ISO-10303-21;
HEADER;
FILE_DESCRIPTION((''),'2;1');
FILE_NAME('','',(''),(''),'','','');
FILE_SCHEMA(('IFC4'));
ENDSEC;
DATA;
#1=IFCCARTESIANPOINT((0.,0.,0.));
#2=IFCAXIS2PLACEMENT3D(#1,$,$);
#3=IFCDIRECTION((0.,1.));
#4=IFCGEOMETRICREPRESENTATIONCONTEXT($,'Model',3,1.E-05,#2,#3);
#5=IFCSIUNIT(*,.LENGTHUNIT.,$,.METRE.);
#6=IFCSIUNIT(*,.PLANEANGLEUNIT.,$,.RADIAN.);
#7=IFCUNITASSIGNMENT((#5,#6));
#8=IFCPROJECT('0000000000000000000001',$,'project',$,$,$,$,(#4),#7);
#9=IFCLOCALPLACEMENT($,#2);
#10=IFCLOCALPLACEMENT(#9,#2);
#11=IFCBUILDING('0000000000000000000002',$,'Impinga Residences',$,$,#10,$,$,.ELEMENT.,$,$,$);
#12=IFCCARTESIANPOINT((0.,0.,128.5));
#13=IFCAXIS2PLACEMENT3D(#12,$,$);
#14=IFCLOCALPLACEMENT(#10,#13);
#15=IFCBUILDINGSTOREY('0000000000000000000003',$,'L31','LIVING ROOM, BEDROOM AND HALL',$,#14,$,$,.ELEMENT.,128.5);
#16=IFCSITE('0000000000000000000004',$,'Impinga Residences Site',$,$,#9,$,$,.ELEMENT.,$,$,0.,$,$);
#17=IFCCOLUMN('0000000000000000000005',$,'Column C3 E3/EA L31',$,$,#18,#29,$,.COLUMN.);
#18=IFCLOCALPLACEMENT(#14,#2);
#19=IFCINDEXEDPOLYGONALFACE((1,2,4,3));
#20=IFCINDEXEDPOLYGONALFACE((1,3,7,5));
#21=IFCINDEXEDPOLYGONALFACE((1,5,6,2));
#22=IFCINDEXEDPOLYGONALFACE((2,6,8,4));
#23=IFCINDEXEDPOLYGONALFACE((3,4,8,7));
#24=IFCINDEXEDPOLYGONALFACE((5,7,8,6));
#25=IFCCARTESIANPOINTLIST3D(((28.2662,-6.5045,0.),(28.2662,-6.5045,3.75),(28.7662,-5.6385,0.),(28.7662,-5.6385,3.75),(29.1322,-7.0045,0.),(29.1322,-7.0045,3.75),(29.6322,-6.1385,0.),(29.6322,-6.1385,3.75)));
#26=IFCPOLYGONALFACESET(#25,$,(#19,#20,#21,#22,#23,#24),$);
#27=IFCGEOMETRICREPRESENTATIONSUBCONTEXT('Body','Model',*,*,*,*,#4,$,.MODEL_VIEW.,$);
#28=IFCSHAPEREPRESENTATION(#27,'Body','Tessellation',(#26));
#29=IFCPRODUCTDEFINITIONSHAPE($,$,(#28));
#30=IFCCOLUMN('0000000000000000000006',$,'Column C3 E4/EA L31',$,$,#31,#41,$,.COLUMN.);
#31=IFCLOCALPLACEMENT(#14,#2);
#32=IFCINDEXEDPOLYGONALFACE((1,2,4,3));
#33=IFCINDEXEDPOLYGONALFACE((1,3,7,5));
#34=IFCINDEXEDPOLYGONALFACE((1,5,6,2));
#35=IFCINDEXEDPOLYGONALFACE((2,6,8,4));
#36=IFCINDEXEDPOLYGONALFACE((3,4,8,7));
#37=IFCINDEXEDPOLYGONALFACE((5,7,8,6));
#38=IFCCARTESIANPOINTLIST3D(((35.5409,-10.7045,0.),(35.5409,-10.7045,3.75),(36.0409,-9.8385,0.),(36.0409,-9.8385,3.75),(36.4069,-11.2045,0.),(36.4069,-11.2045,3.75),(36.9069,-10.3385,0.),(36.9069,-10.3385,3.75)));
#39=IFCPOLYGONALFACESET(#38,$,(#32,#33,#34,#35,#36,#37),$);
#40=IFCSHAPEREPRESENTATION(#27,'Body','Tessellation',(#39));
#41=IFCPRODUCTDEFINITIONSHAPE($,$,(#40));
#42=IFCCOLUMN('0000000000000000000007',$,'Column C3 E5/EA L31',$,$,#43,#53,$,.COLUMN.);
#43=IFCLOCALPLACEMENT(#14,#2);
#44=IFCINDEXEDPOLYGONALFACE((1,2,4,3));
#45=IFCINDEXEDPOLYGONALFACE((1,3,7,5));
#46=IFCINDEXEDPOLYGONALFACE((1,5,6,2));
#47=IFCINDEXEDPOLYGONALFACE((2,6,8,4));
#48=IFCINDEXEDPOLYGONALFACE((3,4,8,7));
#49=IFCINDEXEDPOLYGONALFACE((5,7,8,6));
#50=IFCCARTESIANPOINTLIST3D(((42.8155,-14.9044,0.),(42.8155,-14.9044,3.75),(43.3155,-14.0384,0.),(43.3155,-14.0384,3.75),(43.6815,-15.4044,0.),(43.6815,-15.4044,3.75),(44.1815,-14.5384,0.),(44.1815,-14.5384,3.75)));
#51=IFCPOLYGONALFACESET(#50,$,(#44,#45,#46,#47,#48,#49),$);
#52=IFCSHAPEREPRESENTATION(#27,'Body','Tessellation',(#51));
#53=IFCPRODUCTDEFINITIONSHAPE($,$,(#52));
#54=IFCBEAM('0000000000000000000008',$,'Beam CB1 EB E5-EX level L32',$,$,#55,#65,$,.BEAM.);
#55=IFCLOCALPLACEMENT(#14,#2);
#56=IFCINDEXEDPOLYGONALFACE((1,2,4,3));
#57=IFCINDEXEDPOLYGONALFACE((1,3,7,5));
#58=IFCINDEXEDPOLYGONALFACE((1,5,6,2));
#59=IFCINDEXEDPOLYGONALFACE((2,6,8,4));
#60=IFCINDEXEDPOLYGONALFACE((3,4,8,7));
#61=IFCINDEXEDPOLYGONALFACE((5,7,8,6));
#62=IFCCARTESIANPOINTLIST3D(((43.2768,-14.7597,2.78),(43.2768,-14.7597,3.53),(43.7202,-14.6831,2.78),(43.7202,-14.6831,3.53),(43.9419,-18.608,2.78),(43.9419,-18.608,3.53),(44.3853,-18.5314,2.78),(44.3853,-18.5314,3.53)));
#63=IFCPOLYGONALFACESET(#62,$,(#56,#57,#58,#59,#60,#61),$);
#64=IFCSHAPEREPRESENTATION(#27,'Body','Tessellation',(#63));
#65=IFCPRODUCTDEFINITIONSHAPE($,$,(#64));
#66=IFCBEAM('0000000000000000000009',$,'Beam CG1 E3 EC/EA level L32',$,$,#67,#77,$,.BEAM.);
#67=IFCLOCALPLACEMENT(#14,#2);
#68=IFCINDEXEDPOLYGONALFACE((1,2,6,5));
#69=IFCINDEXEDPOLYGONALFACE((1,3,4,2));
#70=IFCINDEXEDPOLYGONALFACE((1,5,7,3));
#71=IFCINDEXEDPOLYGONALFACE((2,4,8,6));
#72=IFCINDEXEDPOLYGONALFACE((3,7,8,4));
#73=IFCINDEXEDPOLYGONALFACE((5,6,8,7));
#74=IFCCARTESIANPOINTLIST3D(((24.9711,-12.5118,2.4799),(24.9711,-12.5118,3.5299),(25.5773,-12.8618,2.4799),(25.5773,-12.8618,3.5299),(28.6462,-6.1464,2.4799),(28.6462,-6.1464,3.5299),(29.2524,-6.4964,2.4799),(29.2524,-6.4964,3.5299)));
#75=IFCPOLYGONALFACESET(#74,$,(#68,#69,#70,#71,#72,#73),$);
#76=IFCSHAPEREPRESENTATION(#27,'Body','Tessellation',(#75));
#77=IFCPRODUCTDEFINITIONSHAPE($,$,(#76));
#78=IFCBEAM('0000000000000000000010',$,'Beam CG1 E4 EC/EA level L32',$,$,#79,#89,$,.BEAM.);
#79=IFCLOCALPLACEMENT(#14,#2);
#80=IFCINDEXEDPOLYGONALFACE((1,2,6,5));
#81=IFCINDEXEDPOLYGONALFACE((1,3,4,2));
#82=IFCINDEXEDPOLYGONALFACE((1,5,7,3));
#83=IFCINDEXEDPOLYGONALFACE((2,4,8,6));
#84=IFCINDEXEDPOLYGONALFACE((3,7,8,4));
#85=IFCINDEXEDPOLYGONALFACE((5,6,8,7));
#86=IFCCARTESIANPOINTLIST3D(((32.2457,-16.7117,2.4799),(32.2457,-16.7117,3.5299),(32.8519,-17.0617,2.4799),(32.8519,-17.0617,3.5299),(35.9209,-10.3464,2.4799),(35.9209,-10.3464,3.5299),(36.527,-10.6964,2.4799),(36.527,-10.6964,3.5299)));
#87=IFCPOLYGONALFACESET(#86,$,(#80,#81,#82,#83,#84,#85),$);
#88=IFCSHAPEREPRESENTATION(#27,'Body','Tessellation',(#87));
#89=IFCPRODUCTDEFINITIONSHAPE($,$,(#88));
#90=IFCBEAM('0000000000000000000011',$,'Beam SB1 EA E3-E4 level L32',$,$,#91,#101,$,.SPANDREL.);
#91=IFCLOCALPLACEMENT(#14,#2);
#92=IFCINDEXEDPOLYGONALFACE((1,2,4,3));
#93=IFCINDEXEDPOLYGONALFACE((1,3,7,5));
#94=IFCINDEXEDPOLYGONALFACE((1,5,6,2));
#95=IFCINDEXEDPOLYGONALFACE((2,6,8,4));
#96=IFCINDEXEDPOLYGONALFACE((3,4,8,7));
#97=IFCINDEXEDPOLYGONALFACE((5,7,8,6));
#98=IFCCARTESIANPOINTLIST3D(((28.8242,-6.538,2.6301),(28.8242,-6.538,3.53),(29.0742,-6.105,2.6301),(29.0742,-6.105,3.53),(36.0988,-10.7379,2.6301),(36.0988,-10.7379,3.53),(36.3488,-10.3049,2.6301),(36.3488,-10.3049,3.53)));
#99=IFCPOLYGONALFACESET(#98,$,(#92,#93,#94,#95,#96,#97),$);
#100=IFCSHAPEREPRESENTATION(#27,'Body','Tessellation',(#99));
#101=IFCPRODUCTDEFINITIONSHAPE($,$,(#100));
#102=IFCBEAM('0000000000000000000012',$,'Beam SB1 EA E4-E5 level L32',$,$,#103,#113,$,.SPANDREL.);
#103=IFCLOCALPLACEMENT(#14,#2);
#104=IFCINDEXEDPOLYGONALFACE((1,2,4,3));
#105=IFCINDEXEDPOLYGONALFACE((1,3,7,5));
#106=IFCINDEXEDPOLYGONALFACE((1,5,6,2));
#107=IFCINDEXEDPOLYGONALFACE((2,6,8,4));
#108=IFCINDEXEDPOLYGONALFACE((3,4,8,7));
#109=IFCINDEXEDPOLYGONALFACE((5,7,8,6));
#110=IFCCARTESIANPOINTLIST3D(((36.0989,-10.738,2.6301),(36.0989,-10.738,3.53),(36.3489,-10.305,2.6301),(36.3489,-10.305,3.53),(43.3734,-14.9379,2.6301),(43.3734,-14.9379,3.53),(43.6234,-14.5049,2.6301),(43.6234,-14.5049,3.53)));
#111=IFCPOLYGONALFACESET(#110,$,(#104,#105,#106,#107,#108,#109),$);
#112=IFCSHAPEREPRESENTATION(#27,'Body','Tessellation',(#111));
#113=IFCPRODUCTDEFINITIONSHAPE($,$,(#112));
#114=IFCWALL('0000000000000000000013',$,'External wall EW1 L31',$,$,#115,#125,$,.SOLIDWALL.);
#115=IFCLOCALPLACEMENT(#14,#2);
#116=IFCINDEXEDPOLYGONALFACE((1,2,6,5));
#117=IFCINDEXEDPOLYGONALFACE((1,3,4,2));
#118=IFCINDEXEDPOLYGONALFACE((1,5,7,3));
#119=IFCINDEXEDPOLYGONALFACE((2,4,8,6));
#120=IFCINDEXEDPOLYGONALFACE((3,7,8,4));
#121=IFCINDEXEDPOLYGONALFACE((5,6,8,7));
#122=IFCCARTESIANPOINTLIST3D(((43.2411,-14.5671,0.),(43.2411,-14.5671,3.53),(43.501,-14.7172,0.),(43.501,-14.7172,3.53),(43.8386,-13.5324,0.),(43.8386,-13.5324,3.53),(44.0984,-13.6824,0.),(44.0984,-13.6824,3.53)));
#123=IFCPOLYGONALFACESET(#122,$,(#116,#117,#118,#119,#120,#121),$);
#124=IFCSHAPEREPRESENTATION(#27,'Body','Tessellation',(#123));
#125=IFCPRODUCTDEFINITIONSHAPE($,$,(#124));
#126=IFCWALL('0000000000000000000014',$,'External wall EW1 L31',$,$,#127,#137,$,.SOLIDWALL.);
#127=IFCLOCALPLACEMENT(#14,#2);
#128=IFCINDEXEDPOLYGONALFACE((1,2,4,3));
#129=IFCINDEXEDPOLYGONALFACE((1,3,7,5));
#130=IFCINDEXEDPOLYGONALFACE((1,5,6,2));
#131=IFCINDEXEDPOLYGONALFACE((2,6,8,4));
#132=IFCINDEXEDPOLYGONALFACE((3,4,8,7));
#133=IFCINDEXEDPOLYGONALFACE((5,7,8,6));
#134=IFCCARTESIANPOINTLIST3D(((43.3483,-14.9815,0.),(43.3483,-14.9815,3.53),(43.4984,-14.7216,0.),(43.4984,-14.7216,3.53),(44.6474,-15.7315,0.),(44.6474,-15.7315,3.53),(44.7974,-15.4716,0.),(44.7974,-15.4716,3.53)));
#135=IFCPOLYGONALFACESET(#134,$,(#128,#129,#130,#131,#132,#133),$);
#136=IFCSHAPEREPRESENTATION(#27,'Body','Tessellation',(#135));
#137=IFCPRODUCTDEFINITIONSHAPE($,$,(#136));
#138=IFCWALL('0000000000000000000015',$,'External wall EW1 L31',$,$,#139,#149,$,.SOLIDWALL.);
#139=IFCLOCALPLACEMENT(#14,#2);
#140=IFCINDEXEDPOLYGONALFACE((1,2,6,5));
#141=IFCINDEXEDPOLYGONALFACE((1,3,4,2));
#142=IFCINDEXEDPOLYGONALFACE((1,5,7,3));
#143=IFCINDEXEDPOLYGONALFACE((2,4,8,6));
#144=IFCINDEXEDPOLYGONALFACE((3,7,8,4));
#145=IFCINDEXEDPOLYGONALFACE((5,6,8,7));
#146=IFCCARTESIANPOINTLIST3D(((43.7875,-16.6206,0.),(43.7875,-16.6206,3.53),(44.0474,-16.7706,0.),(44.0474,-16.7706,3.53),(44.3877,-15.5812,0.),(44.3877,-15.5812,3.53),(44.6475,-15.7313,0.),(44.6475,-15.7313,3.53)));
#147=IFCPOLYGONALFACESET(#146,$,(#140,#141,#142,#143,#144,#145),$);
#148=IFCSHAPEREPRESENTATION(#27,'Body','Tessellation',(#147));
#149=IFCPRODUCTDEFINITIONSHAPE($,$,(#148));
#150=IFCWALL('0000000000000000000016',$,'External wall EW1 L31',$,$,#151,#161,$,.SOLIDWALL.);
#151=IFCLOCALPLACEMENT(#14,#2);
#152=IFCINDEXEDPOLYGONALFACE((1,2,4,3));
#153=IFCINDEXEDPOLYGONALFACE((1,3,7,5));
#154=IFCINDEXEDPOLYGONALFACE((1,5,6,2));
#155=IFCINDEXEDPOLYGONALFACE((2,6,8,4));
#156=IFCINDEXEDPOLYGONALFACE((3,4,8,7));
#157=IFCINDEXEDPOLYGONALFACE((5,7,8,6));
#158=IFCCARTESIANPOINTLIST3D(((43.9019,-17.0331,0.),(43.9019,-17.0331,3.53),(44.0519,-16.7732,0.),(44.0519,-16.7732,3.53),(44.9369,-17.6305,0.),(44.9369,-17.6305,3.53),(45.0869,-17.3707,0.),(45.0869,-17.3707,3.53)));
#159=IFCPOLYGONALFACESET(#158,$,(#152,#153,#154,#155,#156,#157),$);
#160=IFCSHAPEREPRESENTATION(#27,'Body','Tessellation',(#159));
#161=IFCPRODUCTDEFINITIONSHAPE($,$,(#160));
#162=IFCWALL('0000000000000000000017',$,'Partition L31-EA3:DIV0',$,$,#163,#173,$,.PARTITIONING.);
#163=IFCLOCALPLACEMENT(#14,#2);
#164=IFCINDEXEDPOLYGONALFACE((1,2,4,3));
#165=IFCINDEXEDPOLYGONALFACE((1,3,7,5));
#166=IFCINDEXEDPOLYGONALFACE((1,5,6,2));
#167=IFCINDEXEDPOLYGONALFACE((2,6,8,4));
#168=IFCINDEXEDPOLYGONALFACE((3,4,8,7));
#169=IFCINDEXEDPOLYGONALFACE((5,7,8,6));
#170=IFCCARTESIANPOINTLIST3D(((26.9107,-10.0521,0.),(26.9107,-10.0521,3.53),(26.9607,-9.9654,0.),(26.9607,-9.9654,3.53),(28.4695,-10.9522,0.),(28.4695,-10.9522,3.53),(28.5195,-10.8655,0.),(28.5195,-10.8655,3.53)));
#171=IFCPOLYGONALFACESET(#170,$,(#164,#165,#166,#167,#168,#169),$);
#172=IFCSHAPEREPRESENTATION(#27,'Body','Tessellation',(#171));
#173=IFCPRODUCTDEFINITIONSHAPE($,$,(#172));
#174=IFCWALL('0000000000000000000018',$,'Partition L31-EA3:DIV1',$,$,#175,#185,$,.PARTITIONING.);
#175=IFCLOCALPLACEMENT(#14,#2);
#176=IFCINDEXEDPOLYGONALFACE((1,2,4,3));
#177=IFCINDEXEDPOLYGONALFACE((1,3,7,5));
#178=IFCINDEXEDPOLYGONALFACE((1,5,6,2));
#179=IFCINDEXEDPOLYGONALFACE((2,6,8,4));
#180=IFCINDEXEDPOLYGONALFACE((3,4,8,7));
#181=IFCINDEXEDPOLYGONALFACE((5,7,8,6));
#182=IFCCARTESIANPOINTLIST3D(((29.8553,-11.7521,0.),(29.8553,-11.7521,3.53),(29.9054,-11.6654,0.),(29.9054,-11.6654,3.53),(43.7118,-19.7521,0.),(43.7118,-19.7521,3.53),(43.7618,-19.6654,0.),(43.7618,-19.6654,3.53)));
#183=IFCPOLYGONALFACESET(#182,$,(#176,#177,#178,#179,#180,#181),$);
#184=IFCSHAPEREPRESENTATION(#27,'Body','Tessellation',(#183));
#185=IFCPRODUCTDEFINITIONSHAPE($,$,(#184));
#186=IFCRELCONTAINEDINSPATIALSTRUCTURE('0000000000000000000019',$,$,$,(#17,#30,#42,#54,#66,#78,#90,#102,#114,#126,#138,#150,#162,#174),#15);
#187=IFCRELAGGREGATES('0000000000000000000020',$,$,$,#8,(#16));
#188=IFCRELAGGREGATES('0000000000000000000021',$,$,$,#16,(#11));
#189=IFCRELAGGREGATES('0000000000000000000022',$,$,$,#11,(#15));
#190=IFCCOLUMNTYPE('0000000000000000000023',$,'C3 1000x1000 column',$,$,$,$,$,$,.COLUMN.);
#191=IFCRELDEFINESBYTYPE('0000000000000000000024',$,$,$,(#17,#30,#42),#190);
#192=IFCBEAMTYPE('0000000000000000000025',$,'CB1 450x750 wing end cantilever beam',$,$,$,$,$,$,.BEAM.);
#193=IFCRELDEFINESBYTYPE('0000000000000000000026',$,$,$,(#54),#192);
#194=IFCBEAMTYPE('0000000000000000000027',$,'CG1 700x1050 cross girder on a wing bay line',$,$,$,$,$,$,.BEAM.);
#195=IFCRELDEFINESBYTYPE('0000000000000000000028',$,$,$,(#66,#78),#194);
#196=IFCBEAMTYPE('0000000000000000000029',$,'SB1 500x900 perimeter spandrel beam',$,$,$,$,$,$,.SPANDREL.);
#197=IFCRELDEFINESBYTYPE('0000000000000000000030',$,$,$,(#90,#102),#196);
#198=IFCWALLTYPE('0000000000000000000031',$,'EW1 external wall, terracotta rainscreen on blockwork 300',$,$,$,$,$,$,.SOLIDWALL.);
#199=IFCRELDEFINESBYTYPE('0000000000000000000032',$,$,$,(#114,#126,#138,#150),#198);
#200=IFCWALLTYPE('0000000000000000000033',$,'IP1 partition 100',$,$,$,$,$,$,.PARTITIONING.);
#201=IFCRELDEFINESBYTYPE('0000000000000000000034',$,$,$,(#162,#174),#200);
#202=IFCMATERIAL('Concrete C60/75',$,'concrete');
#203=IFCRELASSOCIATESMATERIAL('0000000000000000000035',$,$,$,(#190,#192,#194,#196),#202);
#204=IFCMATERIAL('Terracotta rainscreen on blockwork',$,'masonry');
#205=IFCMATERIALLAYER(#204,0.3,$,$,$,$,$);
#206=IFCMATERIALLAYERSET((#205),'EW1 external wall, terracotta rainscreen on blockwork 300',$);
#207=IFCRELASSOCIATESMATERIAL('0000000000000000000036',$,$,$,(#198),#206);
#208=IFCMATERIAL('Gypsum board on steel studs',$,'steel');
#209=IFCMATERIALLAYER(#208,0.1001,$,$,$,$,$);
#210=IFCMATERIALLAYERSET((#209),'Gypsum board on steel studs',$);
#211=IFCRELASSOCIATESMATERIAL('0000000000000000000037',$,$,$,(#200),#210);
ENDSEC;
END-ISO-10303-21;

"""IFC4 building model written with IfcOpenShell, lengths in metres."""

from ifc_helpers import new_model, si_unit, direction, frame, frame_2d, origin, origin_2d, place, context, subcontext, project, spatial, rectangle, extrude, material, layer, layer_set, material_profile, profile_set, type_object, element, save


model = new_model("IFC4")

# Units and contexts
model_context = context("Model", 3, precision=1e-05, world=origin(), true_north=direction((0.0, 1.0)))
body_context = subcontext(model_context, "Body", "Model", "MODEL_VIEW")
ifc_project = project(units=[si_unit("LENGTHUNIT", "METRE"), si_unit("PLANEANGLEUNIT", "RADIAN")], contexts=[model_context])

# Site, building, storey
site_placement = place(None, origin())
site = spatial("IfcSite", under=ifc_project, at=site_placement, Name="Impinga Residences Site", CompositionType="ELEMENT", RefElevation=0.0)
building_placement = place(site_placement, origin())
building = spatial("IfcBuilding", under=site, at=building_placement, Name="Impinga Residences", CompositionType="ELEMENT")
storey_placement = place(building_placement, frame((0.0, 0.0, 128.5)))
storey = spatial("IfcBuildingStorey", under=building, at=storey_placement, Name="L31", Description="LIVING ROOM, BEDROOM AND HALL", CompositionType="ELEMENT", Elevation=128.5)

# Columns
ifc_material_1 = material(Name="Concrete C60/75", Category="concrete")
ifc_material_profile_1 = material_profile(ifc_material_1, rectangle(XDim=1.0, YDim=1.0, at=origin_2d()), Name="RC 1000x1000")
ifc_profile_set_1 = profile_set([ifc_material_profile_1], Name="Concrete C60/75")
column_type = type_object("IfcColumnType", Name="C3 1000x1000 column", PredefinedType="COLUMN", material=ifc_profile_set_1)
for number, where, z_axis, x_axis, name in (
    (1, (28.9492, -6.3215, 0.0), (0.0, 0.0, 1.0), (-0.5, -0.866025, 0.0), "Column C3 E3/EA L31"),
    (2, (36.2239, -10.5215, 0.0), (0.0, 0.0, 1.0), (-0.5, -0.866025, 0.0), "Column C3 E4/EA L31"),
    (3, (43.4985, -14.7214, 0.0), (0.0, 0.0, 1.0), (-0.5, -0.866025, 0.0), "Column C3 E5/EA L31"),
):
    element("IfcColumn", number, at=place(storey_placement, frame(where, z_axis=z_axis, x_axis=x_axis)), inside=storey, type_object=column_type, Name=name, PredefinedType="COLUMN", context=body_context, shape_type="SweptSolid", body=[
        extrude(rectangle(XDim=1.0, YDim=1.0, at=origin_2d()), origin(), (0.0, 0.0, 1.0), 3.75),
    ])

# Beams
ifc_material_profile_2 = material_profile(ifc_material_1, rectangle(XDim=0.45, YDim=0.75, at=origin_2d()), Name="RC 450x750")
ifc_profile_set_2 = profile_set([ifc_material_profile_2], Name="Concrete C60/75")
beam_type_1 = type_object("IfcBeamType", Name="CB1 450x750 wing end cantilever beam", PredefinedType="BEAM", material=ifc_profile_set_2)
beam_placement = place(storey_placement, frame((43.4985, -14.7214, 3.155), z_axis=(0.170296, -0.985393, 0.0), x_axis=(0.985393, 0.170296, 0.0)))
element("IfcBeam", 4, at=beam_placement, inside=storey, type_object=beam_type_1, Name="Beam CB1 EB E5-EX level L32", PredefinedType="BEAM", context=body_context, shape_type="SweptSolid", body=[
    extrude(rectangle(XDim=0.45, YDim=0.75, at=origin_2d()), origin(), (0.0, 0.0, 1.0), 3.9053),
])
ifc_material_profile_3 = material_profile(ifc_material_1, rectangle(XDim=0.7, YDim=1.05, at=origin_2d()), Name="RC 700x1050")
ifc_profile_set_3 = profile_set([ifc_material_profile_3], Name="Concrete C60/75")
beam_type_2 = type_object("IfcBeamType", Name="CG1 700x1050 cross girder on a wing bay line", PredefinedType="BEAM", material=ifc_profile_set_3)
for number, where, z_axis, x_axis, name in (
    (5, (25.2742, -12.6868, 3.0049), (0.500008, 0.866021, 0.0), (-0.866021, 0.500008, 0.0), "Beam CG1 E3 EC/EA level L32"),
    (6, (32.5488, -16.8867, 3.0049), (0.500008, 0.866021, 0.0), (-0.866021, 0.500008, 0.0), "Beam CG1 E4 EC/EA level L32"),
):
    element("IfcBeam", number, at=place(storey_placement, frame(where, z_axis=z_axis, x_axis=x_axis)), inside=storey, type_object=beam_type_2, Name=name, PredefinedType="BEAM", context=body_context, shape_type="SweptSolid", body=[
        extrude(rectangle(XDim=0.7, YDim=1.05, at=origin_2d()), origin(), (0.0, 0.0, 1.0), 7.3501),
    ])
ifc_material_profile_4 = material_profile(ifc_material_1, rectangle(XDim=0.5, YDim=0.8999, at=origin_2d()), Name="RC 500x900")
ifc_profile_set_4 = profile_set([ifc_material_profile_4], Name="Concrete C60/75")
beam_type_3 = type_object("IfcBeamType", Name="SB1 500x900 perimeter spandrel beam", PredefinedType="SPANDREL", material=ifc_profile_set_4)
for number, where, z_axis, x_axis, name in (
    (7, (28.9492, -6.3215, 3.0801), (0.866029, -0.499993, 0.0), (0.499993, 0.866029, 0.0), "Beam SB1 EA E3-E4 level L32"),
    (8, (36.2239, -10.5215, 3.0801), (0.866029, -0.499993, 0.0), (0.499993, 0.866029, 0.0), "Beam SB1 EA E4-E5 level L32"),
):
    element("IfcBeam", number, at=place(storey_placement, frame(where, z_axis=z_axis, x_axis=x_axis)), inside=storey, type_object=beam_type_3, Name=name, PredefinedType="SPANDREL", context=body_context, shape_type="SweptSolid", body=[
        extrude(rectangle(XDim=0.5, YDim=0.8999, at=origin_2d()), origin(), (0.0, 0.0, 1.0), 8.3999),
    ])

# Walls
ifc_material_2 = material(Name="Terracotta rainscreen on blockwork", Category="masonry")
ifc_layer_1 = layer(ifc_material_2, 0.3)
ifc_layer_set_1 = layer_set([ifc_layer_1], Name="EW1 external wall, terracotta rainscreen on blockwork 300")
wall_type_1 = type_object("IfcWallType", Name="EW1 external wall, terracotta rainscreen on blockwork 300", PredefinedType="SOLIDWALL", material=ifc_layer_set_1)
wall_1_placement = place(storey_placement, frame((43.9685, -13.6074, 0.0), z_axis=(0.0, 0.0, 1.0), x_axis=(-0.500029, -0.866009, 0.0)))
element("IfcWall", 9, at=wall_1_placement, inside=storey, type_object=wall_type_1, Name="External wall EW1 L31", PredefinedType="SOLIDWALL", context=body_context, shape_type="SweptSolid", body=[
    extrude(rectangle(XDim=1.1948, YDim=0.3, at=frame_2d((0.5974, 0.0))), origin(), (0.0, 0.0, 1.0), 3.53),
])
wall_2_placement = place(storey_placement, frame((43.4233, -14.8516, 0.0), z_axis=(0.0, 0.0, 1.0), x_axis=(0.866031, -0.49999, 0.0)))
element("IfcWall", 10, at=wall_2_placement, inside=storey, type_object=wall_type_1, Name="External wall EW1 L31", PredefinedType="SOLIDWALL", context=body_context, shape_type="SweptSolid", body=[
    extrude(rectangle(XDim=1.5, YDim=0.3, at=frame_2d((0.75, 0.0))), origin(), (0.0, 0.0, 1.0), 3.53),
])
wall_3_placement = place(storey_placement, frame((44.5176, -15.6562, 0.0), z_axis=(0.0, 0.0, 1.0), x_axis=(-0.500034, -0.866006, 0.0)))
element("IfcWall", 11, at=wall_3_placement, inside=storey, type_object=wall_type_1, Name="External wall EW1 L31", PredefinedType="SOLIDWALL", context=body_context, shape_type="SweptSolid", body=[
    extrude(rectangle(XDim=1.2002, YDim=0.3, at=frame_2d((0.6001, 0.0))), origin(), (0.0, 0.0, 1.0), 3.53),
])
wall_4_placement = place(storey_placement, frame((43.9768, -16.9031, 0.0), z_axis=(0.0, 0.0, 1.0), x_axis=(0.86606, -0.499941, 0.0)))
element("IfcWall", 12, at=wall_4_placement, inside=storey, type_object=wall_type_1, Name="External wall EW1 L31", PredefinedType="SOLIDWALL", context=body_context, shape_type="SweptSolid", body=[
    extrude(rectangle(XDim=1.1951, YDim=0.3, at=frame_2d((0.5977, 0.0))), origin(), (0.0, 0.0, 1.0), 3.53),
])
ifc_material_3 = material(Name="Gypsum board on steel studs", Category="steel")
ifc_layer_2 = layer(ifc_material_3, 0.1001)
ifc_layer_set_2 = layer_set([ifc_layer_2], Name="Gypsum board on steel studs")
wall_type_2 = type_object("IfcWallType", Name="IP1 partition 100", PredefinedType="PARTITIONING", material=ifc_layer_set_2)
wall_5_placement = place(storey_placement, frame((26.9358, -10.0088, 0.0), z_axis=(0.0, 0.0, 1.0), x_axis=(0.865989, -0.500063, 0.0)))
element("IfcWall", 13, at=wall_5_placement, inside=storey, type_object=wall_type_2, Name="Partition L31-EA3:DIV0", PredefinedType="PARTITIONING", context=body_context, shape_type="SweptSolid", body=[
    extrude(rectangle(XDim=1.8, YDim=0.1001, at=frame_2d((0.8999, 0.0))), origin(), (0.0, 0.0, 1.0), 3.53),
])
wall_6_placement = place(storey_placement, frame((29.8804, -11.7087, 0.0), z_axis=(0.0, 0.0, 1.0), x_axis=(0.866026, -0.499999, 0.0)))
element("IfcWall", 14, at=wall_6_placement, inside=storey, type_object=wall_type_2, Name="Partition L31-EA3:DIV1", PredefinedType="PARTITIONING", context=body_context, shape_type="SweptSolid", body=[
    extrude(rectangle(XDim=16.0, YDim=0.1001, at=frame_2d((8.0, 0.0))), origin(), (0.0, 0.0, 1.0), 3.53),
])

save(model, "model.ifc")
